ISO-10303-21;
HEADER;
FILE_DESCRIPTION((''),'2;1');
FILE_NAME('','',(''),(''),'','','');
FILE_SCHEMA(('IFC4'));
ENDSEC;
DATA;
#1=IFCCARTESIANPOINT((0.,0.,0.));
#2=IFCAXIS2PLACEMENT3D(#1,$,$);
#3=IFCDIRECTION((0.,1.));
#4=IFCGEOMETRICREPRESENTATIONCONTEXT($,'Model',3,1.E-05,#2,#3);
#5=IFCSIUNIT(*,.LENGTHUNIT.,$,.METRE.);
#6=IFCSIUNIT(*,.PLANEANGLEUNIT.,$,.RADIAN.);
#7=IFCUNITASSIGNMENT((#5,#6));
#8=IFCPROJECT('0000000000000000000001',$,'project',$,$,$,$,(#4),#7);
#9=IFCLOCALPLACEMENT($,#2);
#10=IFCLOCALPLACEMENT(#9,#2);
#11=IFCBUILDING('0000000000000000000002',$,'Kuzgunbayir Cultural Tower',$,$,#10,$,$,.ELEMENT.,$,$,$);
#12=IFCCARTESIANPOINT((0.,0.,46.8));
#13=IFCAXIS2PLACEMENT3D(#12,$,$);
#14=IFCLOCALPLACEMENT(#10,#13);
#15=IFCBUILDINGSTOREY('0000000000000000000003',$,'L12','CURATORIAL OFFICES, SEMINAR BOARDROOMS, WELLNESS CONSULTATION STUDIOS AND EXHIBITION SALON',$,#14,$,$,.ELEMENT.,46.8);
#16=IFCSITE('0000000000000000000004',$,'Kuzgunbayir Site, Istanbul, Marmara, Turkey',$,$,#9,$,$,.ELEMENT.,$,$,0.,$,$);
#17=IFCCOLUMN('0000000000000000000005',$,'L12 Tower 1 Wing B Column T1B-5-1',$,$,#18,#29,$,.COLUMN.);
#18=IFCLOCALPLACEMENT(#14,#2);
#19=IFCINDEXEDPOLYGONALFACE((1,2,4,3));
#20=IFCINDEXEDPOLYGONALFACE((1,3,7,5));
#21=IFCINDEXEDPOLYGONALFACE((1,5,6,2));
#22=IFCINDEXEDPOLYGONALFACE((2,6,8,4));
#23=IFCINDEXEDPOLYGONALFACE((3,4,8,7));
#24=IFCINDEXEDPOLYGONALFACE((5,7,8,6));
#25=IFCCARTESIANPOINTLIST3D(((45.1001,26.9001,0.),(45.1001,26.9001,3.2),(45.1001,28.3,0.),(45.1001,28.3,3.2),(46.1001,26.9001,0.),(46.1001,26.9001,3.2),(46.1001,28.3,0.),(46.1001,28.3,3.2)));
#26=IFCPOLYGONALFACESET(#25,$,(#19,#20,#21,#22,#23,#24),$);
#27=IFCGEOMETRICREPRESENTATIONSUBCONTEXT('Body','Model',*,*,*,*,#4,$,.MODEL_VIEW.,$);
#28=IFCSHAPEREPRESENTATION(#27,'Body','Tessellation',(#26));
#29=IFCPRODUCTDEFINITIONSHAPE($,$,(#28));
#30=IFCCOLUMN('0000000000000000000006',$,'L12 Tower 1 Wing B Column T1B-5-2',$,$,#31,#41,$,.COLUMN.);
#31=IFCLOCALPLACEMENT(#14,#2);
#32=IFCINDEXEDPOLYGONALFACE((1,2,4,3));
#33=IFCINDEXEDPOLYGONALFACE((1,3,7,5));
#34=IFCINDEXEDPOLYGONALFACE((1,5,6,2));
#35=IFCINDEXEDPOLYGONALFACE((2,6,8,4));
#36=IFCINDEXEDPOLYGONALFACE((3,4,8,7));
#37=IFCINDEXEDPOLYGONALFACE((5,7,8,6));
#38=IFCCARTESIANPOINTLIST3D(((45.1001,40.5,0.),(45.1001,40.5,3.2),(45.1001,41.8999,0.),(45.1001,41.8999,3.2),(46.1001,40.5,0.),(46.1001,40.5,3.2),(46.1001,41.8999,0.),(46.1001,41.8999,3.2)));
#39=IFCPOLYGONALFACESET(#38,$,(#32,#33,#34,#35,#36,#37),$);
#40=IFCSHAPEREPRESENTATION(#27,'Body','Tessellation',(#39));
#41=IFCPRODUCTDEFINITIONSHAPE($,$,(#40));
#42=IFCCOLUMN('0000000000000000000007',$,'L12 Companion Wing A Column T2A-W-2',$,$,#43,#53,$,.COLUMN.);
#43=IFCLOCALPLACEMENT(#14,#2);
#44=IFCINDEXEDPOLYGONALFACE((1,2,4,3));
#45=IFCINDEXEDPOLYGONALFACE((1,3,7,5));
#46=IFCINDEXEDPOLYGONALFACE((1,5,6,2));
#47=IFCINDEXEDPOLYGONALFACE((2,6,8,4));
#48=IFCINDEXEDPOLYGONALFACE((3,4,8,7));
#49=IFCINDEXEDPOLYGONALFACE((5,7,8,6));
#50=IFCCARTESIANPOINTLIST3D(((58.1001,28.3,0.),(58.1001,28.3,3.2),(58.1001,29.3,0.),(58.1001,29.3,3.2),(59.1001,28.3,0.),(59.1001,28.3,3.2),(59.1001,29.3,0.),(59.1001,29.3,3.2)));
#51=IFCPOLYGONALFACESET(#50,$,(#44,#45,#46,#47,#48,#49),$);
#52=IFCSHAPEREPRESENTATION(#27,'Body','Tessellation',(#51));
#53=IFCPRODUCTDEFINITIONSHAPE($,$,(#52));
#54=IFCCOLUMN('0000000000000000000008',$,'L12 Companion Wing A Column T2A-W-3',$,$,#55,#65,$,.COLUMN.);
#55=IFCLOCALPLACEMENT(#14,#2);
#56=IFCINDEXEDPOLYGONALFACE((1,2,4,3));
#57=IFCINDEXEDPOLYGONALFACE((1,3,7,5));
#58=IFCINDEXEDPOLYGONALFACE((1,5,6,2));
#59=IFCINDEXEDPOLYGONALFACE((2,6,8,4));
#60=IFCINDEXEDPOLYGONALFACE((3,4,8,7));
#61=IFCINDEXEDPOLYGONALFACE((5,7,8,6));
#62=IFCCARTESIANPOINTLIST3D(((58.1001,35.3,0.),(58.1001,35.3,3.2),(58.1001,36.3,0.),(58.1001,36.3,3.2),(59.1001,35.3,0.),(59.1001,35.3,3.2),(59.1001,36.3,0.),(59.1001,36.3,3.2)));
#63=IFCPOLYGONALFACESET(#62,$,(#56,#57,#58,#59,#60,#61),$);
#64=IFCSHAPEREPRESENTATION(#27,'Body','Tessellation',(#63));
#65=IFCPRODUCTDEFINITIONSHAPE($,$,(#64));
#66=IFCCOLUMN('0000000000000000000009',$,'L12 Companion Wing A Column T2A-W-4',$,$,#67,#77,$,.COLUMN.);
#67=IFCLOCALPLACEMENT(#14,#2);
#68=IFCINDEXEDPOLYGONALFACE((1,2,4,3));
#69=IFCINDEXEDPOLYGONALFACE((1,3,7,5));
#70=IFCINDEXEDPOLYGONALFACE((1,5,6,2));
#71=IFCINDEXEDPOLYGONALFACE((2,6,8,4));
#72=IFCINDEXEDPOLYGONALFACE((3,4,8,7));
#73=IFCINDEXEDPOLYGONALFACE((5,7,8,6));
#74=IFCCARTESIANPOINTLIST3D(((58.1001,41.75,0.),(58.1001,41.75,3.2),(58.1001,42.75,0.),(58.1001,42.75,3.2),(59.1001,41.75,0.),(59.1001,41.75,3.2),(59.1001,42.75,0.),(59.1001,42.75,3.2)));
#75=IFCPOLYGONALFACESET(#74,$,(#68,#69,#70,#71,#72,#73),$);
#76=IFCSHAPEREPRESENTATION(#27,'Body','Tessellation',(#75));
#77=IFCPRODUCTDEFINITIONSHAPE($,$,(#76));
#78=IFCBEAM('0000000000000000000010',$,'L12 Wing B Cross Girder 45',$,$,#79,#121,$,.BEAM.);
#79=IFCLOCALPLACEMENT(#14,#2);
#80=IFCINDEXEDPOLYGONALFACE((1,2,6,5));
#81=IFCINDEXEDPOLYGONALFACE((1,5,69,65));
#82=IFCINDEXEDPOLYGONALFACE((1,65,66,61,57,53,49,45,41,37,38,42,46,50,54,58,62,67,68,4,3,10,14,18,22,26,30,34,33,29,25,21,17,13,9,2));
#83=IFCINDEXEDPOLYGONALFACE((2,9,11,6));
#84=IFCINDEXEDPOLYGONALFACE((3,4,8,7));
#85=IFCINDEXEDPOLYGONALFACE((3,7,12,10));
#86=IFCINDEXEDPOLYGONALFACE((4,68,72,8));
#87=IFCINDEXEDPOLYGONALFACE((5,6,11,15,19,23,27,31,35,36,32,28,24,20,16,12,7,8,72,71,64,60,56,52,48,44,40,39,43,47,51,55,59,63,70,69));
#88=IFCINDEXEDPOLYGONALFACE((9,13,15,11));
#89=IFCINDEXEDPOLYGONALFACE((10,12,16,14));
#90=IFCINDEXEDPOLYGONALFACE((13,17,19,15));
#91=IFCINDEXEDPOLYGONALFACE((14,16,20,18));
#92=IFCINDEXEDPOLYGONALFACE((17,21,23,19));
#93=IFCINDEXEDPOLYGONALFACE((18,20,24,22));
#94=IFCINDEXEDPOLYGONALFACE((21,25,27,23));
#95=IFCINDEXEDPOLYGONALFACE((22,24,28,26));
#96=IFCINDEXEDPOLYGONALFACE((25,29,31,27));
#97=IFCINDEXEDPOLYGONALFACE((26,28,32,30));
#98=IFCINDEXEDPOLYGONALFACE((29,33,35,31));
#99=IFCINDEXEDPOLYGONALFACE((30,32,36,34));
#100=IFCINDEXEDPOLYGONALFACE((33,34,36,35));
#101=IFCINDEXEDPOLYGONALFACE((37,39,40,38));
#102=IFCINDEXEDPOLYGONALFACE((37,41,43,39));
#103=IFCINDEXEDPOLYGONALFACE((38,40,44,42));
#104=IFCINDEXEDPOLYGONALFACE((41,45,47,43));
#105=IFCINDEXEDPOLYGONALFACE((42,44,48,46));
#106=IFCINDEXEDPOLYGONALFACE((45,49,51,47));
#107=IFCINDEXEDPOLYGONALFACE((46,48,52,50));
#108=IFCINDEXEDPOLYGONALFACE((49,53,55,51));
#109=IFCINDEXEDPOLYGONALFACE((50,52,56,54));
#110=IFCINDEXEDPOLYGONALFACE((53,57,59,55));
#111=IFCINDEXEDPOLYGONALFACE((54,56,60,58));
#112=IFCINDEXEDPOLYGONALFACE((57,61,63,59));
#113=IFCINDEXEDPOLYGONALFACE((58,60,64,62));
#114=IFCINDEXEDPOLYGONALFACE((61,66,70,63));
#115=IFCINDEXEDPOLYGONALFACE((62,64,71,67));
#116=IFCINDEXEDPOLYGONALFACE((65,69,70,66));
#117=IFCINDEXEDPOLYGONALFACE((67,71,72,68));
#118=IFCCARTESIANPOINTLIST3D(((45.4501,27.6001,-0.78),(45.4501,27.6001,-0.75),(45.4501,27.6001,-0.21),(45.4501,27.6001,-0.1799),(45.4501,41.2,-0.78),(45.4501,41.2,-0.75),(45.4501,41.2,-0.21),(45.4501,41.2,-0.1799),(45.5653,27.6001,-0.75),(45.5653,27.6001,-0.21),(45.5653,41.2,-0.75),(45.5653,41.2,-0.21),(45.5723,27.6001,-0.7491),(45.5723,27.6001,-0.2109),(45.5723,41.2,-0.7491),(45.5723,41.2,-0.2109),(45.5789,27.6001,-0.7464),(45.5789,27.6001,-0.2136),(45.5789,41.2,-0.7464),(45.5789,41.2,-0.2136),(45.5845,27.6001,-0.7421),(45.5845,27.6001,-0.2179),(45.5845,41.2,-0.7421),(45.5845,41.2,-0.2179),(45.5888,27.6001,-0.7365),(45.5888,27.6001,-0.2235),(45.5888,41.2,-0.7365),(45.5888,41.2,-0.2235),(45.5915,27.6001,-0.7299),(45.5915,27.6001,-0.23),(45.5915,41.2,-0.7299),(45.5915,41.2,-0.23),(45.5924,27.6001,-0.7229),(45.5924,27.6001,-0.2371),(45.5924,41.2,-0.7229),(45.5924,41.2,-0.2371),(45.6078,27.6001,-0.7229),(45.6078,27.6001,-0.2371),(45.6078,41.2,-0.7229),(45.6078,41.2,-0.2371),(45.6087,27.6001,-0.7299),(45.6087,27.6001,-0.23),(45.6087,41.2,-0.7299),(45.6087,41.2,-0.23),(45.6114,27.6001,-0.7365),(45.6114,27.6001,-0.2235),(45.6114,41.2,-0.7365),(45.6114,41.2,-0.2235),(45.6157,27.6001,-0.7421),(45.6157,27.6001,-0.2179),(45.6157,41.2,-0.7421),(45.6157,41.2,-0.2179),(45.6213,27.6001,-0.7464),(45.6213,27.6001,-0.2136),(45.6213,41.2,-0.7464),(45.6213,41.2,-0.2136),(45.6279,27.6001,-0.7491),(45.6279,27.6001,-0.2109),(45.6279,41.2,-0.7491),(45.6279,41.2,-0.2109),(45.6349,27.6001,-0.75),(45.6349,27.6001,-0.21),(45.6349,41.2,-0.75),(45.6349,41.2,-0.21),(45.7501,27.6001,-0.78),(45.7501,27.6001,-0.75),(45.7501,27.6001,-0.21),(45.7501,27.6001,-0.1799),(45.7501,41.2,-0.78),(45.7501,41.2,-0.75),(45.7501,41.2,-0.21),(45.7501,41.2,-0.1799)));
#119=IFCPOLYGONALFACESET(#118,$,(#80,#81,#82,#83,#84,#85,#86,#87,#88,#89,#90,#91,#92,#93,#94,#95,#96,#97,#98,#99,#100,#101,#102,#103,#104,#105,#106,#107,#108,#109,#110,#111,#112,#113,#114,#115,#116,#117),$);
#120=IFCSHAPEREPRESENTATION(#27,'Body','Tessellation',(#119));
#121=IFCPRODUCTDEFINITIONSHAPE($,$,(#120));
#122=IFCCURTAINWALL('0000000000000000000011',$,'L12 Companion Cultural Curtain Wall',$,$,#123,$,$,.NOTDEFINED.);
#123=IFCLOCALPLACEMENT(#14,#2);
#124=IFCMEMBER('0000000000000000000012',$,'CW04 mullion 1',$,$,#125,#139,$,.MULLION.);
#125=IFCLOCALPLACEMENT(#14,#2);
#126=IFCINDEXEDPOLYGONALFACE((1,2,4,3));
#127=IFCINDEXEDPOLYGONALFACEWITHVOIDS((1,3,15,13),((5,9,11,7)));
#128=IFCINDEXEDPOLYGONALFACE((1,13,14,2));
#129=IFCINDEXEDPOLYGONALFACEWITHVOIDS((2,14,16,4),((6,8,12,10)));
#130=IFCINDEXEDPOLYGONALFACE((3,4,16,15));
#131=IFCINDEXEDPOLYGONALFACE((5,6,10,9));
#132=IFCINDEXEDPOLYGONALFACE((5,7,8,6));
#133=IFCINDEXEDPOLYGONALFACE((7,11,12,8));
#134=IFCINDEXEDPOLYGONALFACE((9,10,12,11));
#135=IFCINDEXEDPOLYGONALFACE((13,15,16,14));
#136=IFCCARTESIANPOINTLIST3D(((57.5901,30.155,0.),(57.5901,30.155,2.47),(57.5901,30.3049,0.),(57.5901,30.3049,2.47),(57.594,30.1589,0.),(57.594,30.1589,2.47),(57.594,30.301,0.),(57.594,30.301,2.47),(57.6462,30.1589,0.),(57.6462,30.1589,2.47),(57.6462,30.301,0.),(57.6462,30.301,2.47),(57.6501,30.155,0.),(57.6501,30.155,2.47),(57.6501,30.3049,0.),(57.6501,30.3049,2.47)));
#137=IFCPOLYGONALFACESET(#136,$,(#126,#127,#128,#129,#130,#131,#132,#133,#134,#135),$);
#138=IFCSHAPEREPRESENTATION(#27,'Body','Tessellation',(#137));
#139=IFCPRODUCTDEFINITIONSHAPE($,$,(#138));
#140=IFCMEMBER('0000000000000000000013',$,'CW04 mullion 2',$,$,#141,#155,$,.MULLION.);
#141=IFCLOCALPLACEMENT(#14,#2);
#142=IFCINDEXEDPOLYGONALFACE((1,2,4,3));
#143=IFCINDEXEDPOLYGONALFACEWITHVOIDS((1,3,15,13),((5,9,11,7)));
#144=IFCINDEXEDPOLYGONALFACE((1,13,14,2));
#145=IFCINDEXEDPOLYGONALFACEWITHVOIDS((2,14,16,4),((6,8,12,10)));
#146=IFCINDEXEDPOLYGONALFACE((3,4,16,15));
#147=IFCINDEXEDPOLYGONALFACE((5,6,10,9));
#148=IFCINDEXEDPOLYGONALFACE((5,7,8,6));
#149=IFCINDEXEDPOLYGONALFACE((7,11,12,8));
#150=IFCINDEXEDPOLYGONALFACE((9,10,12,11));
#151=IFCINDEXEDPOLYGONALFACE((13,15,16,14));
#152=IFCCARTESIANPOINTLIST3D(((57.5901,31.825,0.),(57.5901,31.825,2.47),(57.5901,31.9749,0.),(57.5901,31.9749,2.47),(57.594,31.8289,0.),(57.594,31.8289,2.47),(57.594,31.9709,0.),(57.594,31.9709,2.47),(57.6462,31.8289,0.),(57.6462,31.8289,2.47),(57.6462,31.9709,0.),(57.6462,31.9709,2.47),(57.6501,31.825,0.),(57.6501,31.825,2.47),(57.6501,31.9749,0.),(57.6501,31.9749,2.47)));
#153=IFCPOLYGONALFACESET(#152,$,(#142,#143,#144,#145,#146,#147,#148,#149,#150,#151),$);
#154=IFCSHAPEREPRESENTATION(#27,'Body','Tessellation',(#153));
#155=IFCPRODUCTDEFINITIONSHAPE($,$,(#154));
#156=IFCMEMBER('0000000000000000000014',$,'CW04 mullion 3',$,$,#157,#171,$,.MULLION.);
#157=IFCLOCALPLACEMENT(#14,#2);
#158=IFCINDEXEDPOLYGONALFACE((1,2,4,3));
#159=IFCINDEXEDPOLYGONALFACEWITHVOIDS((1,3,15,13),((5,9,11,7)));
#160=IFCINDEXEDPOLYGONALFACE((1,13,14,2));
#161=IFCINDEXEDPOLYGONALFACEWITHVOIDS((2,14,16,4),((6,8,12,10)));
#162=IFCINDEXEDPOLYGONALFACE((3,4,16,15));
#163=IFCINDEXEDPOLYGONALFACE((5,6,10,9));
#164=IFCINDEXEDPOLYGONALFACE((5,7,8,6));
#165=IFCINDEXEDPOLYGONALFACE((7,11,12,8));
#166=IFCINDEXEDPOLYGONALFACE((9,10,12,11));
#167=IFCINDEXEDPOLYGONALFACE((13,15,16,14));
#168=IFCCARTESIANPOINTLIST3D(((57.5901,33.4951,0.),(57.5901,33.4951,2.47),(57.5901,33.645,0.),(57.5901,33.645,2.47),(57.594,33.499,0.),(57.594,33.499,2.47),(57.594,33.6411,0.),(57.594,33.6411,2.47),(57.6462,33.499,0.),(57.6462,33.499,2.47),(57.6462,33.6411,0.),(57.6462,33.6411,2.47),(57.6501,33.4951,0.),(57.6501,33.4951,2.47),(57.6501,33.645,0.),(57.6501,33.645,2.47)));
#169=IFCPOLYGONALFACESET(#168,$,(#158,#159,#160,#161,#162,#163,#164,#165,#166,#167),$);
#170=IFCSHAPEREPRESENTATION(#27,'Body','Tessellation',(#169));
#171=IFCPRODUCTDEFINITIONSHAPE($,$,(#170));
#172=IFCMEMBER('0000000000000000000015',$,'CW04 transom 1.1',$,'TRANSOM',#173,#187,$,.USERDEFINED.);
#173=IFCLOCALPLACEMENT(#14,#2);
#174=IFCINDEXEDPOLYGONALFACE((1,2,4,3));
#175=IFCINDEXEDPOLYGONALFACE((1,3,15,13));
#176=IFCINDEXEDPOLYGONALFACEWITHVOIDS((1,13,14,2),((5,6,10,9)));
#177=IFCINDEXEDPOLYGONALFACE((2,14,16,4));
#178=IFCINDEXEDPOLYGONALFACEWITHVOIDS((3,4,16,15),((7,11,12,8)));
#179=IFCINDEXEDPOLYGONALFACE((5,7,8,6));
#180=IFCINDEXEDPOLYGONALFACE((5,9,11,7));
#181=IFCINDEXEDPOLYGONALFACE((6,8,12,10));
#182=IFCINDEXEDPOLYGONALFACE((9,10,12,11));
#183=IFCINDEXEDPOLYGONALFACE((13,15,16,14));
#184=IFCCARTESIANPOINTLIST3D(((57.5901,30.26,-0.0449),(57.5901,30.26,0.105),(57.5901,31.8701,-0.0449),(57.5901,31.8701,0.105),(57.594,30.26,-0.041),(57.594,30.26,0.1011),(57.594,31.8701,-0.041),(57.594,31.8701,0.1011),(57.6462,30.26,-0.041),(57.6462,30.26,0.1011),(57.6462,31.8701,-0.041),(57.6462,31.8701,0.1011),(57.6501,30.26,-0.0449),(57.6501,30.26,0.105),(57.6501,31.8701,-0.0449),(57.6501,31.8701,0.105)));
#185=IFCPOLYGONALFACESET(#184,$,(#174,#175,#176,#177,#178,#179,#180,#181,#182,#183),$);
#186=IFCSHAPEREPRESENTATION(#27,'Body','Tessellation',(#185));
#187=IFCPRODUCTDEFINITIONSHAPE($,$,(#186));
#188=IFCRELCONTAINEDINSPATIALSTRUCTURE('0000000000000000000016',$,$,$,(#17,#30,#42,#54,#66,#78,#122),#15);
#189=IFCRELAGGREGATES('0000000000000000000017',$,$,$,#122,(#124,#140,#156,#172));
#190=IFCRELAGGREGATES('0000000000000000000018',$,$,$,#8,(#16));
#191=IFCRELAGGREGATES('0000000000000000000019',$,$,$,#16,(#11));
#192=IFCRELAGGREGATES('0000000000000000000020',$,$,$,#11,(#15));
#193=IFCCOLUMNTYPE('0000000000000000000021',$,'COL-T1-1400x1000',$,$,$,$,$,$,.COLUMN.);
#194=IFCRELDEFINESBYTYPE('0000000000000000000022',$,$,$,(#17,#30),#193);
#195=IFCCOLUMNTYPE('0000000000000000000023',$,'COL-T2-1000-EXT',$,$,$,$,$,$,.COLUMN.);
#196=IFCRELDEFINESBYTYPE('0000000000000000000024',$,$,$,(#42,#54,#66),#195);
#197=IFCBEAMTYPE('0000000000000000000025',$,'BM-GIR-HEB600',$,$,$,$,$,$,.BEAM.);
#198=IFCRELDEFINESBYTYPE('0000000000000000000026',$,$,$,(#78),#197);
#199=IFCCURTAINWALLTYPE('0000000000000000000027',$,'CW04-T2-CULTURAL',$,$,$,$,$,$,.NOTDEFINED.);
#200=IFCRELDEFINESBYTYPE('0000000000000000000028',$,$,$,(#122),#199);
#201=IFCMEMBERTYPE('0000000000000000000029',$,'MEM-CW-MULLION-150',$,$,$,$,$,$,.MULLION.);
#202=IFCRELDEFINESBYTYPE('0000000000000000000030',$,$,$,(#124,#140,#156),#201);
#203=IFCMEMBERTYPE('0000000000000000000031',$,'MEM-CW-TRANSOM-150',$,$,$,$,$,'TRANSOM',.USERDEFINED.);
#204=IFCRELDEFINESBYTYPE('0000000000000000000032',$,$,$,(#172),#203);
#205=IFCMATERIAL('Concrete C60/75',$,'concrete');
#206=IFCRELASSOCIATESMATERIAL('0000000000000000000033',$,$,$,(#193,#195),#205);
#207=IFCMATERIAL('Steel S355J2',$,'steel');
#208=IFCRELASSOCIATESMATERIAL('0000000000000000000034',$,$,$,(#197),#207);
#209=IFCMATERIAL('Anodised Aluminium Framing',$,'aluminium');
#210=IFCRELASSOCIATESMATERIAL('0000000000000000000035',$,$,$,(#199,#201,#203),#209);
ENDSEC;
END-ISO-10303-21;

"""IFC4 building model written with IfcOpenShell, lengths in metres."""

from ifc_helpers import new_model, si_unit, direction, frame, origin, origin_2d, place, context, subcontext, project, spatial, rectangle, hollow_rectangle, i_section, extrude, material, material_profile, profile_set, type_object, element, aggregate, save


model = new_model("IFC4")

# Units and contexts
model_context = context("Model", 3, precision=1e-05, world=origin(), true_north=direction((0.0, 1.0)))
body_context = subcontext(model_context, "Body", "Model", "MODEL_VIEW")
ifc_project = project(units=[si_unit("LENGTHUNIT", "METRE"), si_unit("PLANEANGLEUNIT", "RADIAN")], contexts=[model_context])

# Site, building, storey
site_placement = place(None, origin())
site = spatial("IfcSite", under=ifc_project, at=site_placement, Name="Kuzgunbayir Site, Istanbul, Marmara, Turkey", CompositionType="ELEMENT", RefElevation=0.0)
building_placement = place(site_placement, origin())
building = spatial("IfcBuilding", under=site, at=building_placement, Name="Kuzgunbayir Cultural Tower", CompositionType="ELEMENT")
storey_placement = place(building_placement, frame((0.0, 0.0, 46.8)))
storey = spatial("IfcBuildingStorey", under=building, at=storey_placement, Name="L12", Description="CURATORIAL OFFICES, SEMINAR BOARDROOMS, WELLNESS CONSULTATION STUDIOS AND EXHIBITION SALON", CompositionType="ELEMENT", Elevation=46.8)

# Columns
ifc_material_1 = material(Name="Concrete C60/75", Category="concrete")
ifc_material_profile_1 = material_profile(ifc_material_1, rectangle(XDim=1.0, YDim=1.3999, at=origin_2d()), Name="RC 1400x1000")
ifc_profile_set_1 = profile_set([ifc_material_profile_1], Name="Concrete C60/75")
column_type_1 = type_object("IfcColumnType", Name="COL-T1-1400x1000", PredefinedType="COLUMN", material=ifc_profile_set_1)
for number, where, z_axis, x_axis, name in (
    (1, (45.6001, 27.6001, 0.0), (0.0, 0.0, 1.0), (1.0, 0.0, 0.0), "L12 Tower 1 Wing B Column T1B-5-1"),
    (2, (45.6001, 41.2, 0.0), (0.0, 0.0, 1.0), (1.0, 0.0, 0.0), "L12 Tower 1 Wing B Column T1B-5-2"),
):
    element("IfcColumn", number, at=place(storey_placement, frame(where, z_axis=z_axis, x_axis=x_axis)), inside=storey, type_object=column_type_1, Name=name, PredefinedType="COLUMN", context=body_context, shape_type="SweptSolid", body=[
        extrude(rectangle(XDim=1.0, YDim=1.3999, at=origin_2d()), origin(), (0.0, 0.0, 1.0), 3.2),
    ])
ifc_material_profile_2 = material_profile(ifc_material_1, rectangle(XDim=1.0, YDim=1.0, at=origin_2d()), Name="RC 1000x1000")
ifc_profile_set_2 = profile_set([ifc_material_profile_2], Name="Concrete C60/75")
column_type_2 = type_object("IfcColumnType", Name="COL-T2-1000-EXT", PredefinedType="COLUMN", material=ifc_profile_set_2)
for number, where, z_axis, x_axis, name in (
    (3, (58.6001, 28.8, 0.0), (0.0, 0.0, 1.0), (1.0, 0.0, 0.0), "L12 Companion Wing A Column T2A-W-2"),
    (4, (58.6001, 35.8, 0.0), (0.0, 0.0, 1.0), (1.0, 0.0, 0.0), "L12 Companion Wing A Column T2A-W-3"),
    (5, (58.6001, 42.25, 0.0), (0.0, 0.0, 1.0), (1.0, 0.0, 0.0), "L12 Companion Wing A Column T2A-W-4"),
):
    element("IfcColumn", number, at=place(storey_placement, frame(where, z_axis=z_axis, x_axis=x_axis)), inside=storey, type_object=column_type_2, Name=name, PredefinedType="COLUMN", context=body_context, shape_type="SweptSolid", body=[
        extrude(rectangle(XDim=1.0, YDim=1.0, at=origin_2d()), origin(), (0.0, 0.0, 1.0), 3.2),
    ])

# Beam
ifc_material_2 = material(Name="Steel S355J2", Category="steel")
ifc_material_profile_3 = material_profile(ifc_material_2, i_section(OverallWidth=0.3, OverallDepth=0.6001, WebThickness=0.0154, FlangeThickness=0.03, FilletRadius=0.0271, at=origin_2d()), Name="HEB 600")
ifc_profile_set_3 = profile_set([ifc_material_profile_3], Name="Steel S355J2")
beam_type = type_object("IfcBeamType", Name="BM-GIR-HEB600", PredefinedType="BEAM", material=ifc_profile_set_3)
beam_placement = place(storey_placement, frame((45.6001, 27.6001, -0.48), z_axis=(0.0, 1.0, 0.0), x_axis=(-1.0, 0.0, 0.0)))
element("IfcBeam", 6, at=beam_placement, inside=storey, type_object=beam_type, Name="L12 Wing B Cross Girder 45", PredefinedType="BEAM", context=body_context, shape_type="SweptSolid", body=[
    extrude(i_section(OverallWidth=0.3, OverallDepth=0.6001, WebThickness=0.0154, FlangeThickness=0.03, FilletRadius=0.0271, at=origin_2d()), origin(), (0.0, 0.0, 1.0), 13.5999),
])

# Curtain wall, members
ifc_material_3 = material(Name="Anodised Aluminium Framing", Category="aluminium")
curtain_wall_type = type_object("IfcCurtainWallType", Name="CW04-T2-CULTURAL", PredefinedType="NOTDEFINED", material=ifc_material_3)
curtain_wall_placement = place(storey_placement, origin())
curtain_wall = element("IfcCurtainWall", 7, at=curtain_wall_placement, inside=storey, type_object=curtain_wall_type, Name="L12 Companion Cultural Curtain Wall", PredefinedType="NOTDEFINED")
ifc_material_profile_4 = material_profile(ifc_material_3, hollow_rectangle(XDim=0.0601, YDim=0.1499, WallThickness=0.0039, at=origin_2d()), Name="RHS 150x60x4")
ifc_profile_set_4 = profile_set([ifc_material_profile_4], Name="Anodised Aluminium Framing")
member_type_1 = type_object("IfcMemberType", Name="MEM-CW-MULLION-150", PredefinedType="MULLION", material=ifc_profile_set_4)
member_1_placement = place(storey_placement, frame((57.6201, 30.23, 0.0), z_axis=(0.0, 0.0, 1.0), x_axis=(-1.0, 0.0, 0.0)))
member_1 = element("IfcMember", 8, at=member_1_placement, type_object=member_type_1, Name="CW04 mullion 1", PredefinedType="MULLION", context=body_context, shape_type="SweptSolid", body=[
    extrude(hollow_rectangle(XDim=0.0601, YDim=0.1499, WallThickness=0.0039, at=origin_2d()), origin(), (0.0, 0.0, 1.0), 2.47),
])
member_2_placement = place(storey_placement, frame((57.6201, 31.8999, 0.0), z_axis=(0.0, 0.0, 1.0), x_axis=(-1.0, 0.0, 0.0)))
member_2 = element("IfcMember", 9, at=member_2_placement, type_object=member_type_1, Name="CW04 mullion 2", PredefinedType="MULLION", context=body_context, shape_type="SweptSolid", body=[
    extrude(hollow_rectangle(XDim=0.0601, YDim=0.1499, WallThickness=0.0039, at=origin_2d()), origin(), (0.0, 0.0, 1.0), 2.47),
])
member_3_placement = place(storey_placement, frame((57.6201, 33.5701, 0.0), z_axis=(0.0, 0.0, 1.0), x_axis=(-1.0, 0.0, 0.0)))
member_3 = element("IfcMember", 10, at=member_3_placement, type_object=member_type_1, Name="CW04 mullion 3", PredefinedType="MULLION", context=body_context, shape_type="SweptSolid", body=[
    extrude(hollow_rectangle(XDim=0.0601, YDim=0.1499, WallThickness=0.0039, at=origin_2d()), origin(), (0.0, 0.0, 1.0), 2.47),
])
ifc_material_profile_5 = material_profile(ifc_material_3, hollow_rectangle(XDim=0.0601, YDim=0.1499, WallThickness=0.0039, at=origin_2d()), Name="RHS 150x60x4")
ifc_profile_set_5 = profile_set([ifc_material_profile_5], Name="Anodised Aluminium Framing")
member_type_2 = type_object("IfcMemberType", Name="MEM-CW-TRANSOM-150", ElementType="TRANSOM", PredefinedType="USERDEFINED", material=ifc_profile_set_5)
member_4_placement = place(storey_placement, frame((57.6201, 30.26, 0.03), z_axis=(0.0, 1.0, 0.0), x_axis=(-1.0, 0.0, 0.0)))
member_4 = element("IfcMember", 11, at=member_4_placement, type_object=member_type_2, Name="CW04 transom 1.1", ObjectType="TRANSOM", PredefinedType="USERDEFINED", context=body_context, shape_type="SweptSolid", body=[
    extrude(hollow_rectangle(XDim=0.0601, YDim=0.1499, WallThickness=0.0039, at=origin_2d()), origin(), (0.0, 0.0, 1.0), 1.6101),
])
aggregate(curtain_wall, [member_1, member_2, member_3, member_4])

save(model, "model.ifc")
